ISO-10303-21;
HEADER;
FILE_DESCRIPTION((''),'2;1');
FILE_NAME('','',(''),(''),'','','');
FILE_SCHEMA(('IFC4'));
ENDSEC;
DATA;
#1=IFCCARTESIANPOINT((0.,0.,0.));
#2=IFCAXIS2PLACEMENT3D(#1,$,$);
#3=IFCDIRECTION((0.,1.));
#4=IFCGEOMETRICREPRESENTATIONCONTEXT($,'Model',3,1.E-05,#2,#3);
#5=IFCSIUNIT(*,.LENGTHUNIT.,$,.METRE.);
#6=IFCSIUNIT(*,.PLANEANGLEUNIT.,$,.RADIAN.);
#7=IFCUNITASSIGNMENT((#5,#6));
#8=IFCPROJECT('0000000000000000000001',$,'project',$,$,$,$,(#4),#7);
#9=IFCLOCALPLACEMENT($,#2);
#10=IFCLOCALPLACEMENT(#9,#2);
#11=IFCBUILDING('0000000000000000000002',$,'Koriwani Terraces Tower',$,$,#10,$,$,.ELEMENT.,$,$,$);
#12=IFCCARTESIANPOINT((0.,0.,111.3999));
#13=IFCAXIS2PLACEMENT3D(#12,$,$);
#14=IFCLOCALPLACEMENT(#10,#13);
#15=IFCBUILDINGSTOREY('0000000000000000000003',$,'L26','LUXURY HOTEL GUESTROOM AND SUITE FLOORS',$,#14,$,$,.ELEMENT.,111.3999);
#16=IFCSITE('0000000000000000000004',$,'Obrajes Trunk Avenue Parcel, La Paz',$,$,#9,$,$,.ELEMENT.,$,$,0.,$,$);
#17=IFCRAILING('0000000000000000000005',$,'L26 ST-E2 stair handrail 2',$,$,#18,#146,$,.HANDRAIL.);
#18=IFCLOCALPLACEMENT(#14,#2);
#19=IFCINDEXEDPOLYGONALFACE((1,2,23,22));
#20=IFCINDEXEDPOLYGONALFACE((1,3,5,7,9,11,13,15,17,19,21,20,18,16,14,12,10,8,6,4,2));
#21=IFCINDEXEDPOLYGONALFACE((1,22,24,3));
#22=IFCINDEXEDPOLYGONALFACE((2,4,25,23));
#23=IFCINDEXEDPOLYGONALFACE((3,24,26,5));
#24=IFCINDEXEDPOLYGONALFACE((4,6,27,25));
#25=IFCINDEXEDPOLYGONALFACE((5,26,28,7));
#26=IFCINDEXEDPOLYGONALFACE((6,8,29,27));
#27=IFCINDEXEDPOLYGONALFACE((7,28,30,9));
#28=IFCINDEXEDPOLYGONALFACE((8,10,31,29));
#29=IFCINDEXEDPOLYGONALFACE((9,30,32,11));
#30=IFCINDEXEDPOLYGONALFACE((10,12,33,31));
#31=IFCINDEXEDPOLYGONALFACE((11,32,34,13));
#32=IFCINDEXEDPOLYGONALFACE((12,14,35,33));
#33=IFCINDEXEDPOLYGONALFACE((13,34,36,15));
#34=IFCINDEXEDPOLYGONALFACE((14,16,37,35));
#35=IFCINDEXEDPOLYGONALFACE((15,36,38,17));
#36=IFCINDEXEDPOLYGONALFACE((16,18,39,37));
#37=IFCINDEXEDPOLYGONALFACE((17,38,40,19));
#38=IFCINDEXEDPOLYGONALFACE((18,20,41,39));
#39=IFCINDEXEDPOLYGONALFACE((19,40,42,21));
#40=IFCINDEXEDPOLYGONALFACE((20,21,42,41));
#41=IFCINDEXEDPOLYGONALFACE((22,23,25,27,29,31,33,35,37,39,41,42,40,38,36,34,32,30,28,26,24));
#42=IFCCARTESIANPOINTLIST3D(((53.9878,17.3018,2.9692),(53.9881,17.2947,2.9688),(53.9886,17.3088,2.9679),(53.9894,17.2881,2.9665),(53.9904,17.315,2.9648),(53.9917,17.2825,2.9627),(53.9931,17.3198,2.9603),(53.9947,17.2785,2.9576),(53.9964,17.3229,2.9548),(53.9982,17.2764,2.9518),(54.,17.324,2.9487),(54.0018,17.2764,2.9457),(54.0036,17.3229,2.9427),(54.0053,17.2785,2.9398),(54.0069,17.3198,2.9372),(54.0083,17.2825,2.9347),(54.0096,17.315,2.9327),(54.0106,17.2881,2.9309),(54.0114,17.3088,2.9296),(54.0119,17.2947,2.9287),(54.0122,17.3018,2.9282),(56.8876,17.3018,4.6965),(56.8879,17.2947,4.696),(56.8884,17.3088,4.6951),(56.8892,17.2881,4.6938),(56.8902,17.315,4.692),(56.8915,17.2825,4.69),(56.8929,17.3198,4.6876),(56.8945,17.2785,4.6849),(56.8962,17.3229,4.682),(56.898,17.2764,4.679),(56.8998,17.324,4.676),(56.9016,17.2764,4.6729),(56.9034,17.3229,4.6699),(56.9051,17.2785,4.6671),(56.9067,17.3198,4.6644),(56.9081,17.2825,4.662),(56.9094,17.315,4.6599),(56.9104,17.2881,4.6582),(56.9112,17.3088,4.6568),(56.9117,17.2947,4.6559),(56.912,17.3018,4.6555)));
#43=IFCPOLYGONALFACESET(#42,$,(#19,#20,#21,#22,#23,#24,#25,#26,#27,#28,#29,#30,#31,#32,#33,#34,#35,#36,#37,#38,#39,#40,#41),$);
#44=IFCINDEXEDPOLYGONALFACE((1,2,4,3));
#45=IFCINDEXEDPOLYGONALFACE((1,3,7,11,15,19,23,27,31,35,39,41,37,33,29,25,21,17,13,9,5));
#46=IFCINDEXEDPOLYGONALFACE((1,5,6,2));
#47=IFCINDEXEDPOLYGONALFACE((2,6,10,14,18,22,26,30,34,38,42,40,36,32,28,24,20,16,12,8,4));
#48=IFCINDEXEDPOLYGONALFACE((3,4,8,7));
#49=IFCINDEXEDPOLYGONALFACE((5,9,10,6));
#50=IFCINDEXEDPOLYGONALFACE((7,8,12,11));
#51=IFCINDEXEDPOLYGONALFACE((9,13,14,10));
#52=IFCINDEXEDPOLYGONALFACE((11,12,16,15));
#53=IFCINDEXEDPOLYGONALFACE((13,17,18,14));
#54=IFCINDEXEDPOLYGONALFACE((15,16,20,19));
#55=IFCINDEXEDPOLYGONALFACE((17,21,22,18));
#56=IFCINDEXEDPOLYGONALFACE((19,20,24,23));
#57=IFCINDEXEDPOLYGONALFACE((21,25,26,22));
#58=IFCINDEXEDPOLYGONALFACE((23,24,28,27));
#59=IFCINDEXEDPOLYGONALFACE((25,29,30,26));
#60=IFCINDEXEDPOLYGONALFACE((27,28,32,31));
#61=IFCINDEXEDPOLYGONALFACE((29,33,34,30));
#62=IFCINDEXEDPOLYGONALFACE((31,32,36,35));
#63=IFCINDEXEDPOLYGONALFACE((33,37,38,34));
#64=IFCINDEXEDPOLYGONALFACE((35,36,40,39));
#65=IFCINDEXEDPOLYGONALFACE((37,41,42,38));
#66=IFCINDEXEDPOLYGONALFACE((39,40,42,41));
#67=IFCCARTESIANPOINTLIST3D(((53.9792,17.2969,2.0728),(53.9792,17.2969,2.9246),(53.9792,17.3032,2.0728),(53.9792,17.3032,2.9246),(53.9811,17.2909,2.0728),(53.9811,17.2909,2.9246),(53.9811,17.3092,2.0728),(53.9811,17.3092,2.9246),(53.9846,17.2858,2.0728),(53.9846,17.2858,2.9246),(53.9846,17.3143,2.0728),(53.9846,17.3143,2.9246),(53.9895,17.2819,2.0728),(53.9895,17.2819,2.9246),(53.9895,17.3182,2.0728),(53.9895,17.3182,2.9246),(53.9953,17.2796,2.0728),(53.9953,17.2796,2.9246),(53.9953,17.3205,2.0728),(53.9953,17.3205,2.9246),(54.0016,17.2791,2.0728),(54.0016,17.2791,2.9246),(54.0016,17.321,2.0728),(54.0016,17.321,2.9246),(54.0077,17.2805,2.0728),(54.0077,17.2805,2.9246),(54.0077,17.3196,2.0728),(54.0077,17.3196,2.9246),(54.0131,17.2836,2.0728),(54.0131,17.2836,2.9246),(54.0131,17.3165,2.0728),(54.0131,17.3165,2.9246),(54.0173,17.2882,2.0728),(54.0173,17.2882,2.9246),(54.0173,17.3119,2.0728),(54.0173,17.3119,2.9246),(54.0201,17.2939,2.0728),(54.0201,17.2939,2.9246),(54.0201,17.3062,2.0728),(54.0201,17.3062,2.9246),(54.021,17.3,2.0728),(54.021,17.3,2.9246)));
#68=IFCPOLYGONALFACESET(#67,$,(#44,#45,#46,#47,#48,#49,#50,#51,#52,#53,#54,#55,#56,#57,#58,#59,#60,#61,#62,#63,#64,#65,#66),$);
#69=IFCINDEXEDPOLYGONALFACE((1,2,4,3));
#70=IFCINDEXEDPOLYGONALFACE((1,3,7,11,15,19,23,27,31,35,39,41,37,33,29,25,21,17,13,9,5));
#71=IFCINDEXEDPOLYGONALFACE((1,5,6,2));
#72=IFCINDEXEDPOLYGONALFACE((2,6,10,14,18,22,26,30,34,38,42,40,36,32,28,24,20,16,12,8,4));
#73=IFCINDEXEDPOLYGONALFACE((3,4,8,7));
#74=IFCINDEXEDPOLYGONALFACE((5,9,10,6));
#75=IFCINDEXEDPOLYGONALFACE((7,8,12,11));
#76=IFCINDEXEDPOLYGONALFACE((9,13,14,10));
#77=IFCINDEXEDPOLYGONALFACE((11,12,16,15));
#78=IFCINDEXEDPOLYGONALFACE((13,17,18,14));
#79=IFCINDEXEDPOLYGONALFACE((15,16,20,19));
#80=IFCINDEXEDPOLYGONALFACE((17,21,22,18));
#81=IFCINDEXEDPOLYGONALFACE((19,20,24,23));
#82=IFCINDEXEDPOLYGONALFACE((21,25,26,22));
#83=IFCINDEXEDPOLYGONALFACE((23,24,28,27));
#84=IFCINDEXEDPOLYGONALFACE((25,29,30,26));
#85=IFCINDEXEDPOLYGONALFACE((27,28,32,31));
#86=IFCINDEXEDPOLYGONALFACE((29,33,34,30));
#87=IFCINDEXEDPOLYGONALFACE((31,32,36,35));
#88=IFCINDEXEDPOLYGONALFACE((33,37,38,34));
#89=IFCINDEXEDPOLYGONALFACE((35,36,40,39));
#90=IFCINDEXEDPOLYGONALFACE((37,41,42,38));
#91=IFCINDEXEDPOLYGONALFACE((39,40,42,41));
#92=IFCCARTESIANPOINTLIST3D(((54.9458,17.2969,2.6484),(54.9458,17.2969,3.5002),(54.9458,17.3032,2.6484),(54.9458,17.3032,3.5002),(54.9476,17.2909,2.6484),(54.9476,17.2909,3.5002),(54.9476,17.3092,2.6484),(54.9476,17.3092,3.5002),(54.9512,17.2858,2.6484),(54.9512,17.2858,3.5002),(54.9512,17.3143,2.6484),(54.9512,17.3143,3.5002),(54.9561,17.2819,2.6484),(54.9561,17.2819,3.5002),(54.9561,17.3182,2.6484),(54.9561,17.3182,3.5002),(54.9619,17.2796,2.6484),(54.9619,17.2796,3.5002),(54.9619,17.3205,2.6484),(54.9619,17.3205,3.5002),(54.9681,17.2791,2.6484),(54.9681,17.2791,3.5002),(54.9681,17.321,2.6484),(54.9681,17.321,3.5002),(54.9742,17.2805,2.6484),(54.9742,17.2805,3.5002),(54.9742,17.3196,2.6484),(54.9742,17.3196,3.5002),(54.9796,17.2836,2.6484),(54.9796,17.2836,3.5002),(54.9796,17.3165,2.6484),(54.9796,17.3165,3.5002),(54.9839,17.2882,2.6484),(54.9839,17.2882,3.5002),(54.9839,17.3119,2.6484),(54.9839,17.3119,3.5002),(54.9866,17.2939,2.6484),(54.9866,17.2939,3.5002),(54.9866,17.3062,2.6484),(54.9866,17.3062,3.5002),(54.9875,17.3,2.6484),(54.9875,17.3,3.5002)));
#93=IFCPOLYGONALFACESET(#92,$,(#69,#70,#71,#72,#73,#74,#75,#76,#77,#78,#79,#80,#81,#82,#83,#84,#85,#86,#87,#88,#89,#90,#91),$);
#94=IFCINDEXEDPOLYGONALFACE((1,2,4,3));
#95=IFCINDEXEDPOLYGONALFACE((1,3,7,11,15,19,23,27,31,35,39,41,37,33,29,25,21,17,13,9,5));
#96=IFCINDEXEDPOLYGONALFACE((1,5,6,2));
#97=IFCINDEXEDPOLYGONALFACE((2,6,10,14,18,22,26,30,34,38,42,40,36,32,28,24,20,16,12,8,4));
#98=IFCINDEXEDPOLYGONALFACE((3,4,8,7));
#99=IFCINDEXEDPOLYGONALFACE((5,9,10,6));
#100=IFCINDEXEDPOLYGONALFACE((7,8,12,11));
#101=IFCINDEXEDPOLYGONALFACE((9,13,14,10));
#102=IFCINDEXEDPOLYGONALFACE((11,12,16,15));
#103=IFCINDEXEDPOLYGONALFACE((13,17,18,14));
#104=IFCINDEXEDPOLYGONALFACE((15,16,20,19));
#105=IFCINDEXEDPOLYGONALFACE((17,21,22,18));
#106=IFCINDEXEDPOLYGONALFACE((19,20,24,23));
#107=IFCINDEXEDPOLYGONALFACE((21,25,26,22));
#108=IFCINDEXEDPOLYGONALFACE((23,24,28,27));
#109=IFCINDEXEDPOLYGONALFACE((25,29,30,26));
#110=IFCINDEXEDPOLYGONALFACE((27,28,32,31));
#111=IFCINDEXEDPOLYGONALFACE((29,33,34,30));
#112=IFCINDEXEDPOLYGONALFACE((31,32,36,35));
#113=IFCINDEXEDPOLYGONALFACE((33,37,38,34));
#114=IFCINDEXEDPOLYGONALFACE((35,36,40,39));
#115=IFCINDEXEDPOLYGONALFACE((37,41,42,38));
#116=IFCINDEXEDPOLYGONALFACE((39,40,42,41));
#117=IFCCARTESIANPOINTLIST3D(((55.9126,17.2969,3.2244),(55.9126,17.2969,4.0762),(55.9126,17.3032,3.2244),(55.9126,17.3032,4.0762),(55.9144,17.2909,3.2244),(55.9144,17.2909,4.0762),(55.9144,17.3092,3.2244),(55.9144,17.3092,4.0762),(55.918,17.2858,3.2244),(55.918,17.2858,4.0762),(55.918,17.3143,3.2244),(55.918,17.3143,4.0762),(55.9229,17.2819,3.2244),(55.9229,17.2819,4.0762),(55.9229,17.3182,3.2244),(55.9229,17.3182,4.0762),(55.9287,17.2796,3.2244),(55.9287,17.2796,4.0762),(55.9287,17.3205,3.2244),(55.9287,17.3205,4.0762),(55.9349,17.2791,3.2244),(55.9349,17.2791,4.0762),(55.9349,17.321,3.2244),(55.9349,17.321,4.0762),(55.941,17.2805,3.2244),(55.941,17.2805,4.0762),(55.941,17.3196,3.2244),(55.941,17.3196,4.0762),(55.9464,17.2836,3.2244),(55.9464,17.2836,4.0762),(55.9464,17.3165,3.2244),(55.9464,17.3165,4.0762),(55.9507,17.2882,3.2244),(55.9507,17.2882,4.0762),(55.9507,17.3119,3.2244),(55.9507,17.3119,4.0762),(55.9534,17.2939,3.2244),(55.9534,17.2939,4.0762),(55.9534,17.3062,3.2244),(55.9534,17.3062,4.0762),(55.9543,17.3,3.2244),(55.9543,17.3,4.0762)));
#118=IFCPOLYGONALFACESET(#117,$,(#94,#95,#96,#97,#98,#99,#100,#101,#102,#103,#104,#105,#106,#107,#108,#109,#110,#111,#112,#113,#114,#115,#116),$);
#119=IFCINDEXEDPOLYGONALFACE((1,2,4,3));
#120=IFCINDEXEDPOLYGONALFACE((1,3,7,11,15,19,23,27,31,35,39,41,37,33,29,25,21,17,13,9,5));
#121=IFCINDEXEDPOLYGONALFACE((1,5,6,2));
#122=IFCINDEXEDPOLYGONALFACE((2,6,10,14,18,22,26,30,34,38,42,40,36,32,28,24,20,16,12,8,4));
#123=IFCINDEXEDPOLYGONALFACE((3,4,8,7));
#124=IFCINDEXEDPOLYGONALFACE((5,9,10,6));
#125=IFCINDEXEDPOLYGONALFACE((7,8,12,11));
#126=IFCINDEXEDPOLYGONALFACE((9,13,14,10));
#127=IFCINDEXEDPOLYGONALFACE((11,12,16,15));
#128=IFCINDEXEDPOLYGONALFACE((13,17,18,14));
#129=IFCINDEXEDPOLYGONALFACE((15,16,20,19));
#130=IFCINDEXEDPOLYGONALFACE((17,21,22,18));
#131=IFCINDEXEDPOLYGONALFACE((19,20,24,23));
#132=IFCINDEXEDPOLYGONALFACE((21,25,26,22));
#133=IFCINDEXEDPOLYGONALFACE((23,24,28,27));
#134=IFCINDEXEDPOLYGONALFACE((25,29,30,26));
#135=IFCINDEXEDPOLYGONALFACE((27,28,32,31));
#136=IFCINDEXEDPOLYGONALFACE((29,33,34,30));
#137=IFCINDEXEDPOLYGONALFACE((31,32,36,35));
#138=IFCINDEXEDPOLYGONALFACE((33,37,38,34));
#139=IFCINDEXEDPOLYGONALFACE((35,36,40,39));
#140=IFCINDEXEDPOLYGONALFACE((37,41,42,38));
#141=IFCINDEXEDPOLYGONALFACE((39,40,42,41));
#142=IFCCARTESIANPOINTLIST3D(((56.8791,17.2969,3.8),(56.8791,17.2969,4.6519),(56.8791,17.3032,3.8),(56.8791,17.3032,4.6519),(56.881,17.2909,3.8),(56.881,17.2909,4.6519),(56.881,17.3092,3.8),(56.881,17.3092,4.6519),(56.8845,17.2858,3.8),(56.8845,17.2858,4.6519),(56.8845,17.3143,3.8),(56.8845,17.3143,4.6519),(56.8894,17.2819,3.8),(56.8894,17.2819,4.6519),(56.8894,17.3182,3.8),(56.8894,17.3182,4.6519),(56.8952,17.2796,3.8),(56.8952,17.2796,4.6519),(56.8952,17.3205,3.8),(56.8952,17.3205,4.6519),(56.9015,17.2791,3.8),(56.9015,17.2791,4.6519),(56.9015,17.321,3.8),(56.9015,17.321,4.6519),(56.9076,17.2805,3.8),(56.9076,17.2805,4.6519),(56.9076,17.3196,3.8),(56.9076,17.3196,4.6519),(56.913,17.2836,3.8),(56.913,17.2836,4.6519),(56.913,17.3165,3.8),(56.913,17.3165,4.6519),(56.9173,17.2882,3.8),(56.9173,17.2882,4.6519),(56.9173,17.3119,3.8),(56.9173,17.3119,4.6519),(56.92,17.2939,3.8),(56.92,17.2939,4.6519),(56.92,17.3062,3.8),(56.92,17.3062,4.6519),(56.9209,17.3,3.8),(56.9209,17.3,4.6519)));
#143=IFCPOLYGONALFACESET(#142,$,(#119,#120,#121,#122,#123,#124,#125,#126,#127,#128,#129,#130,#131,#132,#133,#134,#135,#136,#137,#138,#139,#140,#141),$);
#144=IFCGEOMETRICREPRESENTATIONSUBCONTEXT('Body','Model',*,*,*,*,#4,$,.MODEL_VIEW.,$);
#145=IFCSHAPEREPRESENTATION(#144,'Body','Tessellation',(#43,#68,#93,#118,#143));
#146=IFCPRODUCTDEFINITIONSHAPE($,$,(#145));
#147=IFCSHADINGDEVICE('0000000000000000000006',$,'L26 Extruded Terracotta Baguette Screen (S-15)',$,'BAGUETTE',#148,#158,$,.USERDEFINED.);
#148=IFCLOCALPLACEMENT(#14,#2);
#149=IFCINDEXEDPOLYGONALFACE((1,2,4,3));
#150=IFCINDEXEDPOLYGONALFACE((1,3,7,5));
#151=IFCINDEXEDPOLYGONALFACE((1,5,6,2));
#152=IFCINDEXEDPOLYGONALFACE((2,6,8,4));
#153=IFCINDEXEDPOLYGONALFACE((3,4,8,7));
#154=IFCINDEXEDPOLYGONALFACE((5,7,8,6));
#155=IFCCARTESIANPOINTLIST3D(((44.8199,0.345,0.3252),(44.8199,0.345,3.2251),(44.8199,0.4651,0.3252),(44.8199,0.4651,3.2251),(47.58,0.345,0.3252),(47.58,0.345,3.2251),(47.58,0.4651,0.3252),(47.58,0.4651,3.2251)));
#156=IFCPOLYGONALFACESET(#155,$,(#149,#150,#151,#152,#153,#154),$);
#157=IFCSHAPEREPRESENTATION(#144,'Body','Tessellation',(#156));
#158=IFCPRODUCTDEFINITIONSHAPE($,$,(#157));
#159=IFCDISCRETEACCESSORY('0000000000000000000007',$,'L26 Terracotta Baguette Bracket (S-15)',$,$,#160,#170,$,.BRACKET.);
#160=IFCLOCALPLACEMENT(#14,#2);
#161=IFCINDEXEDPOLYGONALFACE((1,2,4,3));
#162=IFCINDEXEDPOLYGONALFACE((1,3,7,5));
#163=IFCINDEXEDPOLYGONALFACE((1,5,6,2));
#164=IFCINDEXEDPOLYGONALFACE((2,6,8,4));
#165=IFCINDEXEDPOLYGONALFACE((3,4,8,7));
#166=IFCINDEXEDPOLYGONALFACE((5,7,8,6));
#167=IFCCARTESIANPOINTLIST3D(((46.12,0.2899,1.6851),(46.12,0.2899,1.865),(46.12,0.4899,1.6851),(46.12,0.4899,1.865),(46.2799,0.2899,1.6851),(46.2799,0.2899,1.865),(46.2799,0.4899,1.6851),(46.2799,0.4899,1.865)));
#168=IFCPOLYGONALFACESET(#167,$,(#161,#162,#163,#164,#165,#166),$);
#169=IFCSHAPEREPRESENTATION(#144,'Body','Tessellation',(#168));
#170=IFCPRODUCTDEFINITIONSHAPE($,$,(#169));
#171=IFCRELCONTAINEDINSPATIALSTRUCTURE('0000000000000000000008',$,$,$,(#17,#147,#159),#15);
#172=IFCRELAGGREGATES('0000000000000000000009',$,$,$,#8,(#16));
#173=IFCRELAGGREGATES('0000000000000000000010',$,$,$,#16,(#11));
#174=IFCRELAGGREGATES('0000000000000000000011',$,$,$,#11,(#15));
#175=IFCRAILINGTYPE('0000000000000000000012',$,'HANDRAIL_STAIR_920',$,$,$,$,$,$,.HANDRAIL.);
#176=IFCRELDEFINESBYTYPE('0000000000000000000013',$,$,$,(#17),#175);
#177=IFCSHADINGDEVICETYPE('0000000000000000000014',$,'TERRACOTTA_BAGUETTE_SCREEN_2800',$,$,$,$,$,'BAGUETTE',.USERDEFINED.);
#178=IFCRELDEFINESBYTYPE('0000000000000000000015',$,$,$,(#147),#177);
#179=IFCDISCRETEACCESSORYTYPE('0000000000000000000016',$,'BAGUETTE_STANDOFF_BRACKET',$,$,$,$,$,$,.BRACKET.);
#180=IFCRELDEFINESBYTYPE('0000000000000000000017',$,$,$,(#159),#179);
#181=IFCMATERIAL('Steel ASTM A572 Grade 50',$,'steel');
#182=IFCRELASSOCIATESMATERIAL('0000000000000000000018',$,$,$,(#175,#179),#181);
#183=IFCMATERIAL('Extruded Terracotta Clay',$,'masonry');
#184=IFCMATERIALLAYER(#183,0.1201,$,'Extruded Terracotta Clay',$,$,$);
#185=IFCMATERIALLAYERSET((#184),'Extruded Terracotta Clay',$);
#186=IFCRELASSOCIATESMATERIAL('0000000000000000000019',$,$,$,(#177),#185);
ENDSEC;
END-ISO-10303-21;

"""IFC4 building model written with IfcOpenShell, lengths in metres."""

from ifc_helpers import new_model, si_unit, direction, frame, origin, origin_2d, place, context, subcontext, project, spatial, rectangle, circle, extrude, material, layer, layer_set, type_object, element, save


model = new_model("IFC4")

# Units and contexts
model_context = context("Model", 3, precision=1e-05, world=origin(), true_north=direction((0.0, 1.0)))
body_context = subcontext(model_context, "Body", "Model", "MODEL_VIEW")
ifc_project = project(units=[si_unit("LENGTHUNIT", "METRE"), si_unit("PLANEANGLEUNIT", "RADIAN")], contexts=[model_context])

# Site, building, storey
site_placement = place(None, origin())
site = spatial("IfcSite", under=ifc_project, at=site_placement, Name="Obrajes Trunk Avenue Parcel, La Paz", CompositionType="ELEMENT", RefElevation=0.0)
building_placement = place(site_placement, origin())
building = spatial("IfcBuilding", under=site, at=building_placement, Name="Koriwani Terraces Tower", CompositionType="ELEMENT")
storey_placement = place(building_placement, frame((0.0, 0.0, 111.3999)))
storey = spatial("IfcBuildingStorey", under=building, at=storey_placement, Name="L26", Description="LUXURY HOTEL GUESTROOM AND SUITE FLOORS", CompositionType="ELEMENT", Elevation=111.3999)

# Shared definitions
ifc_material_1 = material(Name="Steel ASTM A572 Grade 50", Category="steel")

# Railing
railing_type_1 = type_object("IfcRailingType", Name="HANDRAIL_STAIR_920", PredefinedType="HANDRAIL", material=ifc_material_1)
for number, where, name in (
    (1, (54.0, 17.3, 2.0728), "L26 ST-E2 stair handrail 2"),
):
    element("IfcRailing", number, at=place(storey_placement, frame(where)), inside=storey, type_object=railing_type_1, Name=name, PredefinedType="HANDRAIL", context=body_context, shape_type="SweptSolid", body=[
        extrude(circle(Radius=0.0239, at=origin_2d()), frame((0.0, 0.0, 0.876), z_axis=(0.859141, 0.0, 0.511738), x_axis=(0.0, 1.0, 0.0)), (0.0, 0.0, 1.0), 3.3752),
        extrude(circle(Radius=0.021, at=origin_2d()), origin(), (0.0, 0.0, 1.0), 0.8518),
        extrude(circle(Radius=0.021, at=origin_2d()), frame((0.9666, 0.0, 0.5757)), (0.0, 0.0, 1.0), 0.8518),
        extrude(circle(Radius=0.021, at=origin_2d()), frame((1.9333, 0.0, 1.1516)), (0.0, 0.0, 1.0), 0.8518),
        extrude(circle(Radius=0.021, at=origin_2d()), frame((2.8999, 0.0, 1.7273)), (0.0, 0.0, 1.0), 0.8518),
    ])

# Shading device
ifc_material_2 = material(Name="Extruded Terracotta Clay", Category="masonry")
ifc_layer_1 = layer(ifc_material_2, 0.1201, Name="Extruded Terracotta Clay")
ifc_layer_set_1 = layer_set([ifc_layer_1], Name="Extruded Terracotta Clay")
shading_device_type = type_object("IfcShadingDeviceType", Name="TERRACOTTA_BAGUETTE_SCREEN_2800", ElementType="BAGUETTE", PredefinedType="USERDEFINED", material=ifc_layer_set_1)
shading_device_placement = place(storey_placement, frame((46.2, 0.405, 0.3252), z_axis=(0.0, 0.0, 1.0), x_axis=(-1.0, 0.0, 0.0)))
element("IfcShadingDevice", 2, at=shading_device_placement, inside=storey, type_object=shading_device_type, Name="L26 Extruded Terracotta Baguette Screen (S-15)", ObjectType="BAGUETTE", PredefinedType="USERDEFINED", context=body_context, shape_type="SweptSolid", body=[
    extrude(rectangle(XDim=2.76, YDim=0.1201, at=origin_2d()), origin(), (0.0, 0.0, 1.0), 2.8999),
])

# Discrete accessory
discrete_accessory_type = type_object("IfcDiscreteAccessoryType", Name="BAGUETTE_STANDOFF_BRACKET", PredefinedType="BRACKET", material=ifc_material_1)
discrete_accessory_placement = place(storey_placement, frame((46.2, 0.3899, 1.6851), z_axis=(0.0, 0.0, 1.0), x_axis=(-1.0, 0.0, 0.0)))
element("IfcDiscreteAccessory", 3, at=discrete_accessory_placement, inside=storey, type_object=discrete_accessory_type, Name="L26 Terracotta Baguette Bracket (S-15)", PredefinedType="BRACKET", context=body_context, shape_type="SweptSolid", body=[
    extrude(rectangle(XDim=0.1599, YDim=0.2, at=origin_2d()), origin(), (0.0, 0.0, 1.0), 0.1799),
])

save(model, "model.ifc")
